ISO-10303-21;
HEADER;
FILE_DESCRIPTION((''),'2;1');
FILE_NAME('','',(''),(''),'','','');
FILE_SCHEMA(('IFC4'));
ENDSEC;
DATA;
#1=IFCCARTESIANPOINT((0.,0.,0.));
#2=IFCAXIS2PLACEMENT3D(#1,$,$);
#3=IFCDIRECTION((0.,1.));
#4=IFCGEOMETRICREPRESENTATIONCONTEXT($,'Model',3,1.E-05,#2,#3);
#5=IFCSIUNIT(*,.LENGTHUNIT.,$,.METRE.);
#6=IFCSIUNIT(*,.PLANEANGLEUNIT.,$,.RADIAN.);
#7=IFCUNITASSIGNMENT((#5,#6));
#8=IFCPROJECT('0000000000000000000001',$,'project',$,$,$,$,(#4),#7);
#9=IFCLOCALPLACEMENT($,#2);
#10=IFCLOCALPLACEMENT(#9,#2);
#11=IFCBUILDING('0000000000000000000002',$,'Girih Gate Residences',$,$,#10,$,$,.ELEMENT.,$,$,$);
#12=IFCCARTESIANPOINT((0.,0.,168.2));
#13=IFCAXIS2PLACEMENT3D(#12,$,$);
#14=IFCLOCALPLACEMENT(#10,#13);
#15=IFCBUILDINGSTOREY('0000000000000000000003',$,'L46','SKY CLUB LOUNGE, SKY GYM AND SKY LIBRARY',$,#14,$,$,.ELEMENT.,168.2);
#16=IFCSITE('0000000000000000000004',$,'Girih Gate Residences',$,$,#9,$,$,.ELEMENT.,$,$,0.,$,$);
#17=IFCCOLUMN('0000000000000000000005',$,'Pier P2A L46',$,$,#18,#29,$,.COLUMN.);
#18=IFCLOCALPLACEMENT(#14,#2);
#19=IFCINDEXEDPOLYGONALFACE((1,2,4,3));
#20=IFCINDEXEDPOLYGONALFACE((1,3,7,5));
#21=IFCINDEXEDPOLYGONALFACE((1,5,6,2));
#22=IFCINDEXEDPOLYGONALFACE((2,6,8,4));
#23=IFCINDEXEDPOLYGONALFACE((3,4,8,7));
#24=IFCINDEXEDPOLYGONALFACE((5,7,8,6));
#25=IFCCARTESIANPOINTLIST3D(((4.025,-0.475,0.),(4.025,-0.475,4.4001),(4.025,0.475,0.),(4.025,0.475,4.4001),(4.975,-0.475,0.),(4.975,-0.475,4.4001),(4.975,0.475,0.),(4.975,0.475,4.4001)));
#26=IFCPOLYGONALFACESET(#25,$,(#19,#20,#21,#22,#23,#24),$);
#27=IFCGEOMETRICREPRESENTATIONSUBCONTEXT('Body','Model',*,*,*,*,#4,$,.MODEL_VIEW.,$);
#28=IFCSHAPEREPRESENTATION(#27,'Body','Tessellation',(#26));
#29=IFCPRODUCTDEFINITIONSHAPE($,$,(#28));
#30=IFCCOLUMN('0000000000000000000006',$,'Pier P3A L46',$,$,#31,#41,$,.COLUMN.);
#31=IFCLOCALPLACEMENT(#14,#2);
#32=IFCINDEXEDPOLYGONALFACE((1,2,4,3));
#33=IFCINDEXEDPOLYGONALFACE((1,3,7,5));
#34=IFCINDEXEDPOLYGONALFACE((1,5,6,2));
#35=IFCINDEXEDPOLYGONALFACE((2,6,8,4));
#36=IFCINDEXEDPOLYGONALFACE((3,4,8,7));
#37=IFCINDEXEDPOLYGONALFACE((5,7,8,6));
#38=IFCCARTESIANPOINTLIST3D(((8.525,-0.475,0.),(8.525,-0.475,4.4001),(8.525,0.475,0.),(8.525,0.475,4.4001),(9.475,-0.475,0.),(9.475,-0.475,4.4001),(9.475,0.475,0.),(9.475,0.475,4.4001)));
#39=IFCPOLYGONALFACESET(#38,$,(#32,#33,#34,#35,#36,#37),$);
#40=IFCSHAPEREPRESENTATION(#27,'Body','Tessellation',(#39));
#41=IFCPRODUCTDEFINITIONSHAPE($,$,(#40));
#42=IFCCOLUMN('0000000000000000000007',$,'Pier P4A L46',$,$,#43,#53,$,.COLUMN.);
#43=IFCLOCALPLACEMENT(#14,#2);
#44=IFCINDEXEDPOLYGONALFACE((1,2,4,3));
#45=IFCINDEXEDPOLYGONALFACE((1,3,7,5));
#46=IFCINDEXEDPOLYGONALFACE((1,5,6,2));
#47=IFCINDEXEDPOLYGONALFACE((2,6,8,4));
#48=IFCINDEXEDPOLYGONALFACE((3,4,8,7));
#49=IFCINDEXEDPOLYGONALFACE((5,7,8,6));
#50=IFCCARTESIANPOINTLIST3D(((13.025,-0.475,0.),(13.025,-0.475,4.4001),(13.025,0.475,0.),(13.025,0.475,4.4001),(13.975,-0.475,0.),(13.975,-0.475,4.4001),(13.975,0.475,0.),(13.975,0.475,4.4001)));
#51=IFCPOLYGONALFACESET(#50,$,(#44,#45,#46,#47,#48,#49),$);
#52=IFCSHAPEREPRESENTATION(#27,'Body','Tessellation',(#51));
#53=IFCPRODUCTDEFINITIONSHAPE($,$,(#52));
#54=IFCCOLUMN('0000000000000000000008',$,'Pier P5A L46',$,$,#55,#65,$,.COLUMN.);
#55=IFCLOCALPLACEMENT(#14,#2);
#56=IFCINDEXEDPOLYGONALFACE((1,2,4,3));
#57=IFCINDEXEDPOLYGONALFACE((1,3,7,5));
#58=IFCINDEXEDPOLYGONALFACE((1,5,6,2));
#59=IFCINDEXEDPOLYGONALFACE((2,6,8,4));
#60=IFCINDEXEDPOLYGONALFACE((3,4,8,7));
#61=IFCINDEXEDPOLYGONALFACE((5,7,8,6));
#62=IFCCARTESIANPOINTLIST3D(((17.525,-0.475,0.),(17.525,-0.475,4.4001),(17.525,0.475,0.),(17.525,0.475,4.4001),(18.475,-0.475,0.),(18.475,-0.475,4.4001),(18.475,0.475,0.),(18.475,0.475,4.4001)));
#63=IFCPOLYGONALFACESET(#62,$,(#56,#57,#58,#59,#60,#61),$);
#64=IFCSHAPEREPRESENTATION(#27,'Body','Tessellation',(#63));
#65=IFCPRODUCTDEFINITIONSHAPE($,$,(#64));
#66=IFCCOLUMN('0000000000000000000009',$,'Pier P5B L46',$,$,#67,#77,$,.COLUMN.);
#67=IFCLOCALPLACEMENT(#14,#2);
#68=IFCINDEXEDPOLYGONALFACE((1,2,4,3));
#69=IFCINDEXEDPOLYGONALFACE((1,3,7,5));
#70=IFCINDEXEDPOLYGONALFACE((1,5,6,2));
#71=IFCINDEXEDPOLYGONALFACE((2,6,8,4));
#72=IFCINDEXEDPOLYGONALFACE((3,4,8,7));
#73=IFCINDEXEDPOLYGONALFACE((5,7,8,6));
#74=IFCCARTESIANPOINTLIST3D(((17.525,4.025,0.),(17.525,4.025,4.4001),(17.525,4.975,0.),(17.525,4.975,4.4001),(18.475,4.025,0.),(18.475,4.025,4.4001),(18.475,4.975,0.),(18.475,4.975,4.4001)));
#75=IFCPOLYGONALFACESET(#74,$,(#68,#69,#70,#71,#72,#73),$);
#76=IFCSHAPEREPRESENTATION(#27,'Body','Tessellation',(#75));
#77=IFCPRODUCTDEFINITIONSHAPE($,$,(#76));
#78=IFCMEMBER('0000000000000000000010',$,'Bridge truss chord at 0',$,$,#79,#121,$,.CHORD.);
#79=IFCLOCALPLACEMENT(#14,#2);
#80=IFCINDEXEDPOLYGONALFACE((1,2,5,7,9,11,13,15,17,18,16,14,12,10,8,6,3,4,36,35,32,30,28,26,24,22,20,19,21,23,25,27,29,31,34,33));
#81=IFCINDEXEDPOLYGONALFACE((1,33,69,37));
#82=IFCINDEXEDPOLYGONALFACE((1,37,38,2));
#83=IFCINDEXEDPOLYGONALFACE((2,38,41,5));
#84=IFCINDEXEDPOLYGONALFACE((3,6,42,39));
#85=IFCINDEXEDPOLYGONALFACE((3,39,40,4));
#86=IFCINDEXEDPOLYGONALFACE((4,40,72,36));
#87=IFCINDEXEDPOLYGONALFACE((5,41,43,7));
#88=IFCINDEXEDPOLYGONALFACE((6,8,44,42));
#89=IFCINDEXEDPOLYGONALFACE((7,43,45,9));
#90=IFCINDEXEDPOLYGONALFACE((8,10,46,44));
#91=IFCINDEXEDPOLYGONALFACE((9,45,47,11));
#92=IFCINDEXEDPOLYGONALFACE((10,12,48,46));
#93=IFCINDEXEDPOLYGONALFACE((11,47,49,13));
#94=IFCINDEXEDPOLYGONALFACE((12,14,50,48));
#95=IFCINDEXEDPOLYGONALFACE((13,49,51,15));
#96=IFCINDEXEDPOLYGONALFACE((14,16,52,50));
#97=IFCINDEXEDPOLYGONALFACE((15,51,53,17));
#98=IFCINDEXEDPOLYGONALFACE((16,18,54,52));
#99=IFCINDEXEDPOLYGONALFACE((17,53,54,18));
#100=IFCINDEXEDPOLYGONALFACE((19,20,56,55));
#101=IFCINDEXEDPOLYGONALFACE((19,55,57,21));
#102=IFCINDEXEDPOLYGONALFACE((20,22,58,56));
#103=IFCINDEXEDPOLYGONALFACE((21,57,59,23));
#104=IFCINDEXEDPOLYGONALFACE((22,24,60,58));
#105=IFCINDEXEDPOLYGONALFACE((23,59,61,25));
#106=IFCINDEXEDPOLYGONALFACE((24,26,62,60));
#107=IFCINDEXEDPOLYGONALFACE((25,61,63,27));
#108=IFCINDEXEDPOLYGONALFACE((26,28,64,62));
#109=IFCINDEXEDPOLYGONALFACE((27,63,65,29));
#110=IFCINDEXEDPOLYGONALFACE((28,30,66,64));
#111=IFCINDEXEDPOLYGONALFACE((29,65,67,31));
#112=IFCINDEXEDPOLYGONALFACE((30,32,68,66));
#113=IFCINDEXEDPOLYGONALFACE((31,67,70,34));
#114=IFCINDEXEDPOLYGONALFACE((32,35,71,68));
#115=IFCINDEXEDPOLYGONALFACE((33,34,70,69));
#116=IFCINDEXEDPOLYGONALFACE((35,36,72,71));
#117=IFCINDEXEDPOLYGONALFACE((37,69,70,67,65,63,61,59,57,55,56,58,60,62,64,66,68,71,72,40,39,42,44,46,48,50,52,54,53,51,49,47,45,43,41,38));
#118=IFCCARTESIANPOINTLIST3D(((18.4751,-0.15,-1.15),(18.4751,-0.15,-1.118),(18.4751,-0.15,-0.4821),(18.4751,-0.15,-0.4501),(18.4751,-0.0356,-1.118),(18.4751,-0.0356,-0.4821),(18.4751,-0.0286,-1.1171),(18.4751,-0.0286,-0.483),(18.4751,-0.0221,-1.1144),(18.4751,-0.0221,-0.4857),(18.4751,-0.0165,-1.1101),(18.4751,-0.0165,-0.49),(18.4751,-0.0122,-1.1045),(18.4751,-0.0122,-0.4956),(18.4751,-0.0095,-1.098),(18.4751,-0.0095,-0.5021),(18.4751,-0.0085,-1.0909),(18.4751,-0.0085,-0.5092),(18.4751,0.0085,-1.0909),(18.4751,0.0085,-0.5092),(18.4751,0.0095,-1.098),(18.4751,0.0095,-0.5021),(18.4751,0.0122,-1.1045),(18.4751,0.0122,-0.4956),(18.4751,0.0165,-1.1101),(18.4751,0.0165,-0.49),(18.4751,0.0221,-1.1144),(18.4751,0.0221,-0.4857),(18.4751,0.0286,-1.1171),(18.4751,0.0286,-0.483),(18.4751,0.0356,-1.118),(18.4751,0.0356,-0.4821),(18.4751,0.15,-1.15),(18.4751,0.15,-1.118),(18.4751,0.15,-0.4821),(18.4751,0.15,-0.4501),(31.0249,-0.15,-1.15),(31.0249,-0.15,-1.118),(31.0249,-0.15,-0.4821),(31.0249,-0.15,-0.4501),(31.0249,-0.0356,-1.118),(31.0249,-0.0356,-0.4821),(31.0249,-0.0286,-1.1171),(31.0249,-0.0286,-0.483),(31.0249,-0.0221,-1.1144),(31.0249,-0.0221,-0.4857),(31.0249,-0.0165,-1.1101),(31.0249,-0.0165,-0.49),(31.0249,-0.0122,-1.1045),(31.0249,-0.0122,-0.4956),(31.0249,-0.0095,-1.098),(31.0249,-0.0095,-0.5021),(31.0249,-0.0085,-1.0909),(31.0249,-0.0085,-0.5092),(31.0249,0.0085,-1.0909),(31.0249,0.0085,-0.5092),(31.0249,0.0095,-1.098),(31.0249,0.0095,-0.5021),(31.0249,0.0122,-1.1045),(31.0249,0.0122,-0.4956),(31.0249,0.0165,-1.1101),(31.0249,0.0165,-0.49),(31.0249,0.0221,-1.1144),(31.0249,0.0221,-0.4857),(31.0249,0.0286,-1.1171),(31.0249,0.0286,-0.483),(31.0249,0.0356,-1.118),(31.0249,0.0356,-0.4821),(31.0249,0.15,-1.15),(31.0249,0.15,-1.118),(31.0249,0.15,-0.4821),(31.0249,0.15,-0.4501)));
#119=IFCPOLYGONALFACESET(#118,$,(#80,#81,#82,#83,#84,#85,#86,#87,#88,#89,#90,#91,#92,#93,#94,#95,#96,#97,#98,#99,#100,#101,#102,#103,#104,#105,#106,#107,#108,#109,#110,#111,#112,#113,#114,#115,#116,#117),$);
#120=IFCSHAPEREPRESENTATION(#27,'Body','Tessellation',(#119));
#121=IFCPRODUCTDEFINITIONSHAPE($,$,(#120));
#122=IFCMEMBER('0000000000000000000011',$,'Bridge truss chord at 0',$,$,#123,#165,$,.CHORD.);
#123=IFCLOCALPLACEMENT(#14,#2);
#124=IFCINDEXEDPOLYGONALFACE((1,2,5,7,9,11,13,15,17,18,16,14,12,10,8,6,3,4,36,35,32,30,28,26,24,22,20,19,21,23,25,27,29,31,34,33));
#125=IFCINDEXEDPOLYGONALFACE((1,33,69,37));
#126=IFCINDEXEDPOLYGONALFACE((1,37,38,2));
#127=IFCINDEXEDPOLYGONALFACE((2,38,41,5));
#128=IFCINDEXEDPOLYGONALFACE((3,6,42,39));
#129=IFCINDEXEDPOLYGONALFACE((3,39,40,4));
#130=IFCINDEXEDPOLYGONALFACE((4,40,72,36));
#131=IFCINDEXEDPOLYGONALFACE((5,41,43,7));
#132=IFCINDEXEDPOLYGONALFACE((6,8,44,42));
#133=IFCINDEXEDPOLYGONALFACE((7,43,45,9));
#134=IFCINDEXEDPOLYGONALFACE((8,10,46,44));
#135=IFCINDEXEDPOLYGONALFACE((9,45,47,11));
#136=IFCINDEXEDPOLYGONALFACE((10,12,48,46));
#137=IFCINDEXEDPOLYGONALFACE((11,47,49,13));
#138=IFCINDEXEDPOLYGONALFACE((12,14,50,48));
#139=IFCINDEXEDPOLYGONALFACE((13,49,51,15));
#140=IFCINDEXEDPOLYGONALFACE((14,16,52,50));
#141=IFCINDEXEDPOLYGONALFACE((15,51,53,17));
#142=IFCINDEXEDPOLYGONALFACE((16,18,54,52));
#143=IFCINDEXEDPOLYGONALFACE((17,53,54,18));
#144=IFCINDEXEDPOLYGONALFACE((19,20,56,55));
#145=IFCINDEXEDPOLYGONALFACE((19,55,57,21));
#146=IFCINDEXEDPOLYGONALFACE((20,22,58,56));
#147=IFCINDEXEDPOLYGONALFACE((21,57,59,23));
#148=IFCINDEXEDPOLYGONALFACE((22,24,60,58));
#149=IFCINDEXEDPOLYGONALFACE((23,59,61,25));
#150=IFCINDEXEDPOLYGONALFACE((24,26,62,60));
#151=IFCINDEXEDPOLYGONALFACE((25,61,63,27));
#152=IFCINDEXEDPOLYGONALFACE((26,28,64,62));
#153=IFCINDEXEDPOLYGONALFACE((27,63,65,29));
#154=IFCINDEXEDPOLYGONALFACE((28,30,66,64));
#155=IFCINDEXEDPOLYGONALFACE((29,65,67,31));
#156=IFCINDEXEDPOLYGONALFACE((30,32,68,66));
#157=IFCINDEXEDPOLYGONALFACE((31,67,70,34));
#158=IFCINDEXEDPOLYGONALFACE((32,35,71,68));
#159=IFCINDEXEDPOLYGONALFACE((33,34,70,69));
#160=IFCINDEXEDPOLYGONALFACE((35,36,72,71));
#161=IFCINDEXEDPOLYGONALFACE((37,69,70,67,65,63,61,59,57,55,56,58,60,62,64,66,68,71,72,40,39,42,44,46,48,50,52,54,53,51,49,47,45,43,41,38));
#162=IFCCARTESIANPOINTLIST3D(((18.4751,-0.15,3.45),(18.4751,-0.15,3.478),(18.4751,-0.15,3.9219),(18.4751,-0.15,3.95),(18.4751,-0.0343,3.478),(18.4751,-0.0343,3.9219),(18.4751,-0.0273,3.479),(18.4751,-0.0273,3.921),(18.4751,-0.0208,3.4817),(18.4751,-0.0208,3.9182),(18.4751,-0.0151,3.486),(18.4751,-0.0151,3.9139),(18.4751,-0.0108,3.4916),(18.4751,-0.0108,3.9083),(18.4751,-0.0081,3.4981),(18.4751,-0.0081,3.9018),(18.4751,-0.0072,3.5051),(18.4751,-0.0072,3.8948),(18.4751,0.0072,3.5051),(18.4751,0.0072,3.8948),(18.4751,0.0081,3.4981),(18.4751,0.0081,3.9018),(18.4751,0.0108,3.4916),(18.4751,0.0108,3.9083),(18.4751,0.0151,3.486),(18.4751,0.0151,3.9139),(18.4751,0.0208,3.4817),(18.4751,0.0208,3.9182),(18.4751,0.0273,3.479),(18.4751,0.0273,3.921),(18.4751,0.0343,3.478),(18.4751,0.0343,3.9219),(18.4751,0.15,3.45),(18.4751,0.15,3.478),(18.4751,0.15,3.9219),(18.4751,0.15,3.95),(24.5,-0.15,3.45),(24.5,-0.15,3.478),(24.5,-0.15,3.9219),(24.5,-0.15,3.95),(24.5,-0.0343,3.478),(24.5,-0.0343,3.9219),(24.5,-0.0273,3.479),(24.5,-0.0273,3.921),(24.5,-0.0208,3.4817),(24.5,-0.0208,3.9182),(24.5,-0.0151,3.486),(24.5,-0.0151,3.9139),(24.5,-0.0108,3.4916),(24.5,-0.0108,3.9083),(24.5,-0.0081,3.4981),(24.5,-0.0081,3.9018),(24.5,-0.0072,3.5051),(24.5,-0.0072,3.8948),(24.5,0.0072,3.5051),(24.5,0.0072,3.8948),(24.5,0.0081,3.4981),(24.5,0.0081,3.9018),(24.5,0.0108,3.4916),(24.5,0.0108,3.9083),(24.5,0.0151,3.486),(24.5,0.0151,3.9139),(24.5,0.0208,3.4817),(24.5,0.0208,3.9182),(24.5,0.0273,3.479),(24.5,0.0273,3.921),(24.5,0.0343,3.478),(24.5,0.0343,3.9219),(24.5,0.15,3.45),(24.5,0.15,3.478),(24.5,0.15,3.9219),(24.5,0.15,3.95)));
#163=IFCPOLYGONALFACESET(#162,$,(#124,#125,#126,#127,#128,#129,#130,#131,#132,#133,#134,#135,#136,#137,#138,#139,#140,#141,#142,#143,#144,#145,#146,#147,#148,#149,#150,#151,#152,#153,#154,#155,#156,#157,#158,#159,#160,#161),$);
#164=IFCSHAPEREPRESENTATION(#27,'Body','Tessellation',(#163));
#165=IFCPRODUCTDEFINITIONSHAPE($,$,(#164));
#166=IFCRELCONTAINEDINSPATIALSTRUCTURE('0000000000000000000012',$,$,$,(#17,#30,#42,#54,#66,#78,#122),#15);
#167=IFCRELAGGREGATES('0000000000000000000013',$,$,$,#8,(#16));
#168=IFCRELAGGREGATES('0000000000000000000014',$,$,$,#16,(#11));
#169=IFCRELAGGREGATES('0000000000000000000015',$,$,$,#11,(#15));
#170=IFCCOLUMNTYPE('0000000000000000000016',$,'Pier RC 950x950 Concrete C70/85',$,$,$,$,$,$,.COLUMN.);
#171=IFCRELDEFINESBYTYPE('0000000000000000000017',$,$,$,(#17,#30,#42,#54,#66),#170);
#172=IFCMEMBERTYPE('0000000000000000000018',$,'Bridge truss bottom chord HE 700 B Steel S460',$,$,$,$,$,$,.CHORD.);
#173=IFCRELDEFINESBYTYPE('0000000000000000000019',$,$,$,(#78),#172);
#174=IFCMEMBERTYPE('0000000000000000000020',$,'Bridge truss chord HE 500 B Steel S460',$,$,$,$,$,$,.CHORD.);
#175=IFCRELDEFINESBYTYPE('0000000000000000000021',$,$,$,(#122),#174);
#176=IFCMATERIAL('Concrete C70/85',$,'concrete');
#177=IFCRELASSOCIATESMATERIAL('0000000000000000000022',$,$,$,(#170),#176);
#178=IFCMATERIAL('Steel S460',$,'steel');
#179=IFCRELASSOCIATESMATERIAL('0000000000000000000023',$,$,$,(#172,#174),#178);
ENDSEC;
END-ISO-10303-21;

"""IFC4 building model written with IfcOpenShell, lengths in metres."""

from ifc_helpers import new_model, si_unit, direction, frame, origin, origin_2d, place, context, subcontext, project, spatial, rectangle, i_section, extrude, material, material_profile, profile_set, type_object, element, save


model = new_model("IFC4")

# Units and contexts
model_context = context("Model", 3, precision=1e-05, world=origin(), true_north=direction((0.0, 1.0)))
body_context = subcontext(model_context, "Body", "Model", "MODEL_VIEW")
ifc_project = project(units=[si_unit("LENGTHUNIT", "METRE"), si_unit("PLANEANGLEUNIT", "RADIAN")], contexts=[model_context])

# Site, building, storey
site_placement = place(None, origin())
site = spatial("IfcSite", under=ifc_project, at=site_placement, Name="Girih Gate Residences", CompositionType="ELEMENT", RefElevation=0.0)
building_placement = place(site_placement, origin())
building = spatial("IfcBuilding", under=site, at=building_placement, Name="Girih Gate Residences", CompositionType="ELEMENT")
storey_placement = place(building_placement, frame((0.0, 0.0, 168.2)))
storey = spatial("IfcBuildingStorey", under=building, at=storey_placement, Name="L46", Description="SKY CLUB LOUNGE, SKY GYM AND SKY LIBRARY", CompositionType="ELEMENT", Elevation=168.2)

# Columns
ifc_material_1 = material(Name="Concrete C70/85", Category="concrete")
ifc_material_profile_1 = material_profile(ifc_material_1, rectangle(XDim=0.95, YDim=0.95, at=origin_2d()))
ifc_profile_set_1 = profile_set([ifc_material_profile_1], Name="Concrete C70/85")
column_type = type_object("IfcColumnType", Name="Pier RC 950x950 Concrete C70/85", PredefinedType="COLUMN", material=ifc_profile_set_1)
for number, where, z_axis, x_axis, name in (
    (1, (4.5, 0.0, 0.0), (0.0, 0.0, 1.0), (1.0, 0.0, 0.0), "Pier P2A L46"),
    (2, (9.0, 0.0, 0.0), (0.0, 0.0, 1.0), (1.0, 0.0, 0.0), "Pier P3A L46"),
    (3, (13.5, 0.0, 0.0), (0.0, 0.0, 1.0), (1.0, 0.0, 0.0), "Pier P4A L46"),
    (4, (18.0, 0.0, 0.0), (0.0, 0.0, 1.0), (1.0, 0.0, 0.0), "Pier P5A L46"),
    (5, (18.0, 4.5, 0.0), (0.0, 0.0, 1.0), (1.0, 0.0, 0.0), "Pier P5B L46"),
):
    element("IfcColumn", number, at=place(storey_placement, frame(where, z_axis=z_axis, x_axis=x_axis)), inside=storey, type_object=column_type, Name=name, PredefinedType="COLUMN", context=body_context, shape_type="SweptSolid", body=[
        extrude(rectangle(XDim=0.95, YDim=0.95, at=origin_2d()), origin(), (0.0, 0.0, 1.0), 4.4001),
    ])

# Members
ifc_material_2 = material(Name="Steel S460", Category="steel")
ifc_material_profile_2 = material_profile(ifc_material_2, i_section(OverallWidth=0.3, OverallDepth=0.7, WebThickness=0.0171, FlangeThickness=0.032, FilletRadius=0.0271, at=origin_2d()))
ifc_profile_set_2 = profile_set([ifc_material_profile_2], Name="Steel S460")
member_type_1 = type_object("IfcMemberType", Name="Bridge truss bottom chord HE 700 B Steel S460", PredefinedType="CHORD", material=ifc_profile_set_2)
member_1_placement = place(storey_placement, frame((18.4751, 0.0, -0.8), z_axis=(1.0, 0.0, 0.0), x_axis=(0.0, 1.0, 0.0)))
element("IfcMember", 6, at=member_1_placement, inside=storey, type_object=member_type_1, Name="Bridge truss chord at 0", PredefinedType="CHORD", context=body_context, shape_type="SweptSolid", body=[
    extrude(i_section(OverallWidth=0.3, OverallDepth=0.7, WebThickness=0.0171, FlangeThickness=0.032, FilletRadius=0.0271, at=origin_2d()), origin(), (0.0, 0.0, 1.0), 12.5498),
])
ifc_material_profile_3 = material_profile(ifc_material_2, i_section(OverallWidth=0.3, OverallDepth=0.5, WebThickness=0.0144, FlangeThickness=0.0281, FilletRadius=0.0271, at=origin_2d()))
ifc_profile_set_3 = profile_set([ifc_material_profile_3], Name="Steel S460")
member_type_2 = type_object("IfcMemberType", Name="Bridge truss chord HE 500 B Steel S460", PredefinedType="CHORD", material=ifc_profile_set_3)
member_2_placement = place(storey_placement, frame((18.4751, 0.0, 3.7), z_axis=(1.0, 0.0, 0.0), x_axis=(0.0, 1.0, 0.0)))
element("IfcMember", 7, at=member_2_placement, inside=storey, type_object=member_type_2, Name="Bridge truss chord at 0", PredefinedType="CHORD", context=body_context, shape_type="SweptSolid", body=[
    extrude(i_section(OverallWidth=0.3, OverallDepth=0.5, WebThickness=0.0144, FlangeThickness=0.0281, FilletRadius=0.0271, at=origin_2d()), origin(), (0.0, 0.0, 1.0), 6.0249),
])

save(model, "model.ifc")
